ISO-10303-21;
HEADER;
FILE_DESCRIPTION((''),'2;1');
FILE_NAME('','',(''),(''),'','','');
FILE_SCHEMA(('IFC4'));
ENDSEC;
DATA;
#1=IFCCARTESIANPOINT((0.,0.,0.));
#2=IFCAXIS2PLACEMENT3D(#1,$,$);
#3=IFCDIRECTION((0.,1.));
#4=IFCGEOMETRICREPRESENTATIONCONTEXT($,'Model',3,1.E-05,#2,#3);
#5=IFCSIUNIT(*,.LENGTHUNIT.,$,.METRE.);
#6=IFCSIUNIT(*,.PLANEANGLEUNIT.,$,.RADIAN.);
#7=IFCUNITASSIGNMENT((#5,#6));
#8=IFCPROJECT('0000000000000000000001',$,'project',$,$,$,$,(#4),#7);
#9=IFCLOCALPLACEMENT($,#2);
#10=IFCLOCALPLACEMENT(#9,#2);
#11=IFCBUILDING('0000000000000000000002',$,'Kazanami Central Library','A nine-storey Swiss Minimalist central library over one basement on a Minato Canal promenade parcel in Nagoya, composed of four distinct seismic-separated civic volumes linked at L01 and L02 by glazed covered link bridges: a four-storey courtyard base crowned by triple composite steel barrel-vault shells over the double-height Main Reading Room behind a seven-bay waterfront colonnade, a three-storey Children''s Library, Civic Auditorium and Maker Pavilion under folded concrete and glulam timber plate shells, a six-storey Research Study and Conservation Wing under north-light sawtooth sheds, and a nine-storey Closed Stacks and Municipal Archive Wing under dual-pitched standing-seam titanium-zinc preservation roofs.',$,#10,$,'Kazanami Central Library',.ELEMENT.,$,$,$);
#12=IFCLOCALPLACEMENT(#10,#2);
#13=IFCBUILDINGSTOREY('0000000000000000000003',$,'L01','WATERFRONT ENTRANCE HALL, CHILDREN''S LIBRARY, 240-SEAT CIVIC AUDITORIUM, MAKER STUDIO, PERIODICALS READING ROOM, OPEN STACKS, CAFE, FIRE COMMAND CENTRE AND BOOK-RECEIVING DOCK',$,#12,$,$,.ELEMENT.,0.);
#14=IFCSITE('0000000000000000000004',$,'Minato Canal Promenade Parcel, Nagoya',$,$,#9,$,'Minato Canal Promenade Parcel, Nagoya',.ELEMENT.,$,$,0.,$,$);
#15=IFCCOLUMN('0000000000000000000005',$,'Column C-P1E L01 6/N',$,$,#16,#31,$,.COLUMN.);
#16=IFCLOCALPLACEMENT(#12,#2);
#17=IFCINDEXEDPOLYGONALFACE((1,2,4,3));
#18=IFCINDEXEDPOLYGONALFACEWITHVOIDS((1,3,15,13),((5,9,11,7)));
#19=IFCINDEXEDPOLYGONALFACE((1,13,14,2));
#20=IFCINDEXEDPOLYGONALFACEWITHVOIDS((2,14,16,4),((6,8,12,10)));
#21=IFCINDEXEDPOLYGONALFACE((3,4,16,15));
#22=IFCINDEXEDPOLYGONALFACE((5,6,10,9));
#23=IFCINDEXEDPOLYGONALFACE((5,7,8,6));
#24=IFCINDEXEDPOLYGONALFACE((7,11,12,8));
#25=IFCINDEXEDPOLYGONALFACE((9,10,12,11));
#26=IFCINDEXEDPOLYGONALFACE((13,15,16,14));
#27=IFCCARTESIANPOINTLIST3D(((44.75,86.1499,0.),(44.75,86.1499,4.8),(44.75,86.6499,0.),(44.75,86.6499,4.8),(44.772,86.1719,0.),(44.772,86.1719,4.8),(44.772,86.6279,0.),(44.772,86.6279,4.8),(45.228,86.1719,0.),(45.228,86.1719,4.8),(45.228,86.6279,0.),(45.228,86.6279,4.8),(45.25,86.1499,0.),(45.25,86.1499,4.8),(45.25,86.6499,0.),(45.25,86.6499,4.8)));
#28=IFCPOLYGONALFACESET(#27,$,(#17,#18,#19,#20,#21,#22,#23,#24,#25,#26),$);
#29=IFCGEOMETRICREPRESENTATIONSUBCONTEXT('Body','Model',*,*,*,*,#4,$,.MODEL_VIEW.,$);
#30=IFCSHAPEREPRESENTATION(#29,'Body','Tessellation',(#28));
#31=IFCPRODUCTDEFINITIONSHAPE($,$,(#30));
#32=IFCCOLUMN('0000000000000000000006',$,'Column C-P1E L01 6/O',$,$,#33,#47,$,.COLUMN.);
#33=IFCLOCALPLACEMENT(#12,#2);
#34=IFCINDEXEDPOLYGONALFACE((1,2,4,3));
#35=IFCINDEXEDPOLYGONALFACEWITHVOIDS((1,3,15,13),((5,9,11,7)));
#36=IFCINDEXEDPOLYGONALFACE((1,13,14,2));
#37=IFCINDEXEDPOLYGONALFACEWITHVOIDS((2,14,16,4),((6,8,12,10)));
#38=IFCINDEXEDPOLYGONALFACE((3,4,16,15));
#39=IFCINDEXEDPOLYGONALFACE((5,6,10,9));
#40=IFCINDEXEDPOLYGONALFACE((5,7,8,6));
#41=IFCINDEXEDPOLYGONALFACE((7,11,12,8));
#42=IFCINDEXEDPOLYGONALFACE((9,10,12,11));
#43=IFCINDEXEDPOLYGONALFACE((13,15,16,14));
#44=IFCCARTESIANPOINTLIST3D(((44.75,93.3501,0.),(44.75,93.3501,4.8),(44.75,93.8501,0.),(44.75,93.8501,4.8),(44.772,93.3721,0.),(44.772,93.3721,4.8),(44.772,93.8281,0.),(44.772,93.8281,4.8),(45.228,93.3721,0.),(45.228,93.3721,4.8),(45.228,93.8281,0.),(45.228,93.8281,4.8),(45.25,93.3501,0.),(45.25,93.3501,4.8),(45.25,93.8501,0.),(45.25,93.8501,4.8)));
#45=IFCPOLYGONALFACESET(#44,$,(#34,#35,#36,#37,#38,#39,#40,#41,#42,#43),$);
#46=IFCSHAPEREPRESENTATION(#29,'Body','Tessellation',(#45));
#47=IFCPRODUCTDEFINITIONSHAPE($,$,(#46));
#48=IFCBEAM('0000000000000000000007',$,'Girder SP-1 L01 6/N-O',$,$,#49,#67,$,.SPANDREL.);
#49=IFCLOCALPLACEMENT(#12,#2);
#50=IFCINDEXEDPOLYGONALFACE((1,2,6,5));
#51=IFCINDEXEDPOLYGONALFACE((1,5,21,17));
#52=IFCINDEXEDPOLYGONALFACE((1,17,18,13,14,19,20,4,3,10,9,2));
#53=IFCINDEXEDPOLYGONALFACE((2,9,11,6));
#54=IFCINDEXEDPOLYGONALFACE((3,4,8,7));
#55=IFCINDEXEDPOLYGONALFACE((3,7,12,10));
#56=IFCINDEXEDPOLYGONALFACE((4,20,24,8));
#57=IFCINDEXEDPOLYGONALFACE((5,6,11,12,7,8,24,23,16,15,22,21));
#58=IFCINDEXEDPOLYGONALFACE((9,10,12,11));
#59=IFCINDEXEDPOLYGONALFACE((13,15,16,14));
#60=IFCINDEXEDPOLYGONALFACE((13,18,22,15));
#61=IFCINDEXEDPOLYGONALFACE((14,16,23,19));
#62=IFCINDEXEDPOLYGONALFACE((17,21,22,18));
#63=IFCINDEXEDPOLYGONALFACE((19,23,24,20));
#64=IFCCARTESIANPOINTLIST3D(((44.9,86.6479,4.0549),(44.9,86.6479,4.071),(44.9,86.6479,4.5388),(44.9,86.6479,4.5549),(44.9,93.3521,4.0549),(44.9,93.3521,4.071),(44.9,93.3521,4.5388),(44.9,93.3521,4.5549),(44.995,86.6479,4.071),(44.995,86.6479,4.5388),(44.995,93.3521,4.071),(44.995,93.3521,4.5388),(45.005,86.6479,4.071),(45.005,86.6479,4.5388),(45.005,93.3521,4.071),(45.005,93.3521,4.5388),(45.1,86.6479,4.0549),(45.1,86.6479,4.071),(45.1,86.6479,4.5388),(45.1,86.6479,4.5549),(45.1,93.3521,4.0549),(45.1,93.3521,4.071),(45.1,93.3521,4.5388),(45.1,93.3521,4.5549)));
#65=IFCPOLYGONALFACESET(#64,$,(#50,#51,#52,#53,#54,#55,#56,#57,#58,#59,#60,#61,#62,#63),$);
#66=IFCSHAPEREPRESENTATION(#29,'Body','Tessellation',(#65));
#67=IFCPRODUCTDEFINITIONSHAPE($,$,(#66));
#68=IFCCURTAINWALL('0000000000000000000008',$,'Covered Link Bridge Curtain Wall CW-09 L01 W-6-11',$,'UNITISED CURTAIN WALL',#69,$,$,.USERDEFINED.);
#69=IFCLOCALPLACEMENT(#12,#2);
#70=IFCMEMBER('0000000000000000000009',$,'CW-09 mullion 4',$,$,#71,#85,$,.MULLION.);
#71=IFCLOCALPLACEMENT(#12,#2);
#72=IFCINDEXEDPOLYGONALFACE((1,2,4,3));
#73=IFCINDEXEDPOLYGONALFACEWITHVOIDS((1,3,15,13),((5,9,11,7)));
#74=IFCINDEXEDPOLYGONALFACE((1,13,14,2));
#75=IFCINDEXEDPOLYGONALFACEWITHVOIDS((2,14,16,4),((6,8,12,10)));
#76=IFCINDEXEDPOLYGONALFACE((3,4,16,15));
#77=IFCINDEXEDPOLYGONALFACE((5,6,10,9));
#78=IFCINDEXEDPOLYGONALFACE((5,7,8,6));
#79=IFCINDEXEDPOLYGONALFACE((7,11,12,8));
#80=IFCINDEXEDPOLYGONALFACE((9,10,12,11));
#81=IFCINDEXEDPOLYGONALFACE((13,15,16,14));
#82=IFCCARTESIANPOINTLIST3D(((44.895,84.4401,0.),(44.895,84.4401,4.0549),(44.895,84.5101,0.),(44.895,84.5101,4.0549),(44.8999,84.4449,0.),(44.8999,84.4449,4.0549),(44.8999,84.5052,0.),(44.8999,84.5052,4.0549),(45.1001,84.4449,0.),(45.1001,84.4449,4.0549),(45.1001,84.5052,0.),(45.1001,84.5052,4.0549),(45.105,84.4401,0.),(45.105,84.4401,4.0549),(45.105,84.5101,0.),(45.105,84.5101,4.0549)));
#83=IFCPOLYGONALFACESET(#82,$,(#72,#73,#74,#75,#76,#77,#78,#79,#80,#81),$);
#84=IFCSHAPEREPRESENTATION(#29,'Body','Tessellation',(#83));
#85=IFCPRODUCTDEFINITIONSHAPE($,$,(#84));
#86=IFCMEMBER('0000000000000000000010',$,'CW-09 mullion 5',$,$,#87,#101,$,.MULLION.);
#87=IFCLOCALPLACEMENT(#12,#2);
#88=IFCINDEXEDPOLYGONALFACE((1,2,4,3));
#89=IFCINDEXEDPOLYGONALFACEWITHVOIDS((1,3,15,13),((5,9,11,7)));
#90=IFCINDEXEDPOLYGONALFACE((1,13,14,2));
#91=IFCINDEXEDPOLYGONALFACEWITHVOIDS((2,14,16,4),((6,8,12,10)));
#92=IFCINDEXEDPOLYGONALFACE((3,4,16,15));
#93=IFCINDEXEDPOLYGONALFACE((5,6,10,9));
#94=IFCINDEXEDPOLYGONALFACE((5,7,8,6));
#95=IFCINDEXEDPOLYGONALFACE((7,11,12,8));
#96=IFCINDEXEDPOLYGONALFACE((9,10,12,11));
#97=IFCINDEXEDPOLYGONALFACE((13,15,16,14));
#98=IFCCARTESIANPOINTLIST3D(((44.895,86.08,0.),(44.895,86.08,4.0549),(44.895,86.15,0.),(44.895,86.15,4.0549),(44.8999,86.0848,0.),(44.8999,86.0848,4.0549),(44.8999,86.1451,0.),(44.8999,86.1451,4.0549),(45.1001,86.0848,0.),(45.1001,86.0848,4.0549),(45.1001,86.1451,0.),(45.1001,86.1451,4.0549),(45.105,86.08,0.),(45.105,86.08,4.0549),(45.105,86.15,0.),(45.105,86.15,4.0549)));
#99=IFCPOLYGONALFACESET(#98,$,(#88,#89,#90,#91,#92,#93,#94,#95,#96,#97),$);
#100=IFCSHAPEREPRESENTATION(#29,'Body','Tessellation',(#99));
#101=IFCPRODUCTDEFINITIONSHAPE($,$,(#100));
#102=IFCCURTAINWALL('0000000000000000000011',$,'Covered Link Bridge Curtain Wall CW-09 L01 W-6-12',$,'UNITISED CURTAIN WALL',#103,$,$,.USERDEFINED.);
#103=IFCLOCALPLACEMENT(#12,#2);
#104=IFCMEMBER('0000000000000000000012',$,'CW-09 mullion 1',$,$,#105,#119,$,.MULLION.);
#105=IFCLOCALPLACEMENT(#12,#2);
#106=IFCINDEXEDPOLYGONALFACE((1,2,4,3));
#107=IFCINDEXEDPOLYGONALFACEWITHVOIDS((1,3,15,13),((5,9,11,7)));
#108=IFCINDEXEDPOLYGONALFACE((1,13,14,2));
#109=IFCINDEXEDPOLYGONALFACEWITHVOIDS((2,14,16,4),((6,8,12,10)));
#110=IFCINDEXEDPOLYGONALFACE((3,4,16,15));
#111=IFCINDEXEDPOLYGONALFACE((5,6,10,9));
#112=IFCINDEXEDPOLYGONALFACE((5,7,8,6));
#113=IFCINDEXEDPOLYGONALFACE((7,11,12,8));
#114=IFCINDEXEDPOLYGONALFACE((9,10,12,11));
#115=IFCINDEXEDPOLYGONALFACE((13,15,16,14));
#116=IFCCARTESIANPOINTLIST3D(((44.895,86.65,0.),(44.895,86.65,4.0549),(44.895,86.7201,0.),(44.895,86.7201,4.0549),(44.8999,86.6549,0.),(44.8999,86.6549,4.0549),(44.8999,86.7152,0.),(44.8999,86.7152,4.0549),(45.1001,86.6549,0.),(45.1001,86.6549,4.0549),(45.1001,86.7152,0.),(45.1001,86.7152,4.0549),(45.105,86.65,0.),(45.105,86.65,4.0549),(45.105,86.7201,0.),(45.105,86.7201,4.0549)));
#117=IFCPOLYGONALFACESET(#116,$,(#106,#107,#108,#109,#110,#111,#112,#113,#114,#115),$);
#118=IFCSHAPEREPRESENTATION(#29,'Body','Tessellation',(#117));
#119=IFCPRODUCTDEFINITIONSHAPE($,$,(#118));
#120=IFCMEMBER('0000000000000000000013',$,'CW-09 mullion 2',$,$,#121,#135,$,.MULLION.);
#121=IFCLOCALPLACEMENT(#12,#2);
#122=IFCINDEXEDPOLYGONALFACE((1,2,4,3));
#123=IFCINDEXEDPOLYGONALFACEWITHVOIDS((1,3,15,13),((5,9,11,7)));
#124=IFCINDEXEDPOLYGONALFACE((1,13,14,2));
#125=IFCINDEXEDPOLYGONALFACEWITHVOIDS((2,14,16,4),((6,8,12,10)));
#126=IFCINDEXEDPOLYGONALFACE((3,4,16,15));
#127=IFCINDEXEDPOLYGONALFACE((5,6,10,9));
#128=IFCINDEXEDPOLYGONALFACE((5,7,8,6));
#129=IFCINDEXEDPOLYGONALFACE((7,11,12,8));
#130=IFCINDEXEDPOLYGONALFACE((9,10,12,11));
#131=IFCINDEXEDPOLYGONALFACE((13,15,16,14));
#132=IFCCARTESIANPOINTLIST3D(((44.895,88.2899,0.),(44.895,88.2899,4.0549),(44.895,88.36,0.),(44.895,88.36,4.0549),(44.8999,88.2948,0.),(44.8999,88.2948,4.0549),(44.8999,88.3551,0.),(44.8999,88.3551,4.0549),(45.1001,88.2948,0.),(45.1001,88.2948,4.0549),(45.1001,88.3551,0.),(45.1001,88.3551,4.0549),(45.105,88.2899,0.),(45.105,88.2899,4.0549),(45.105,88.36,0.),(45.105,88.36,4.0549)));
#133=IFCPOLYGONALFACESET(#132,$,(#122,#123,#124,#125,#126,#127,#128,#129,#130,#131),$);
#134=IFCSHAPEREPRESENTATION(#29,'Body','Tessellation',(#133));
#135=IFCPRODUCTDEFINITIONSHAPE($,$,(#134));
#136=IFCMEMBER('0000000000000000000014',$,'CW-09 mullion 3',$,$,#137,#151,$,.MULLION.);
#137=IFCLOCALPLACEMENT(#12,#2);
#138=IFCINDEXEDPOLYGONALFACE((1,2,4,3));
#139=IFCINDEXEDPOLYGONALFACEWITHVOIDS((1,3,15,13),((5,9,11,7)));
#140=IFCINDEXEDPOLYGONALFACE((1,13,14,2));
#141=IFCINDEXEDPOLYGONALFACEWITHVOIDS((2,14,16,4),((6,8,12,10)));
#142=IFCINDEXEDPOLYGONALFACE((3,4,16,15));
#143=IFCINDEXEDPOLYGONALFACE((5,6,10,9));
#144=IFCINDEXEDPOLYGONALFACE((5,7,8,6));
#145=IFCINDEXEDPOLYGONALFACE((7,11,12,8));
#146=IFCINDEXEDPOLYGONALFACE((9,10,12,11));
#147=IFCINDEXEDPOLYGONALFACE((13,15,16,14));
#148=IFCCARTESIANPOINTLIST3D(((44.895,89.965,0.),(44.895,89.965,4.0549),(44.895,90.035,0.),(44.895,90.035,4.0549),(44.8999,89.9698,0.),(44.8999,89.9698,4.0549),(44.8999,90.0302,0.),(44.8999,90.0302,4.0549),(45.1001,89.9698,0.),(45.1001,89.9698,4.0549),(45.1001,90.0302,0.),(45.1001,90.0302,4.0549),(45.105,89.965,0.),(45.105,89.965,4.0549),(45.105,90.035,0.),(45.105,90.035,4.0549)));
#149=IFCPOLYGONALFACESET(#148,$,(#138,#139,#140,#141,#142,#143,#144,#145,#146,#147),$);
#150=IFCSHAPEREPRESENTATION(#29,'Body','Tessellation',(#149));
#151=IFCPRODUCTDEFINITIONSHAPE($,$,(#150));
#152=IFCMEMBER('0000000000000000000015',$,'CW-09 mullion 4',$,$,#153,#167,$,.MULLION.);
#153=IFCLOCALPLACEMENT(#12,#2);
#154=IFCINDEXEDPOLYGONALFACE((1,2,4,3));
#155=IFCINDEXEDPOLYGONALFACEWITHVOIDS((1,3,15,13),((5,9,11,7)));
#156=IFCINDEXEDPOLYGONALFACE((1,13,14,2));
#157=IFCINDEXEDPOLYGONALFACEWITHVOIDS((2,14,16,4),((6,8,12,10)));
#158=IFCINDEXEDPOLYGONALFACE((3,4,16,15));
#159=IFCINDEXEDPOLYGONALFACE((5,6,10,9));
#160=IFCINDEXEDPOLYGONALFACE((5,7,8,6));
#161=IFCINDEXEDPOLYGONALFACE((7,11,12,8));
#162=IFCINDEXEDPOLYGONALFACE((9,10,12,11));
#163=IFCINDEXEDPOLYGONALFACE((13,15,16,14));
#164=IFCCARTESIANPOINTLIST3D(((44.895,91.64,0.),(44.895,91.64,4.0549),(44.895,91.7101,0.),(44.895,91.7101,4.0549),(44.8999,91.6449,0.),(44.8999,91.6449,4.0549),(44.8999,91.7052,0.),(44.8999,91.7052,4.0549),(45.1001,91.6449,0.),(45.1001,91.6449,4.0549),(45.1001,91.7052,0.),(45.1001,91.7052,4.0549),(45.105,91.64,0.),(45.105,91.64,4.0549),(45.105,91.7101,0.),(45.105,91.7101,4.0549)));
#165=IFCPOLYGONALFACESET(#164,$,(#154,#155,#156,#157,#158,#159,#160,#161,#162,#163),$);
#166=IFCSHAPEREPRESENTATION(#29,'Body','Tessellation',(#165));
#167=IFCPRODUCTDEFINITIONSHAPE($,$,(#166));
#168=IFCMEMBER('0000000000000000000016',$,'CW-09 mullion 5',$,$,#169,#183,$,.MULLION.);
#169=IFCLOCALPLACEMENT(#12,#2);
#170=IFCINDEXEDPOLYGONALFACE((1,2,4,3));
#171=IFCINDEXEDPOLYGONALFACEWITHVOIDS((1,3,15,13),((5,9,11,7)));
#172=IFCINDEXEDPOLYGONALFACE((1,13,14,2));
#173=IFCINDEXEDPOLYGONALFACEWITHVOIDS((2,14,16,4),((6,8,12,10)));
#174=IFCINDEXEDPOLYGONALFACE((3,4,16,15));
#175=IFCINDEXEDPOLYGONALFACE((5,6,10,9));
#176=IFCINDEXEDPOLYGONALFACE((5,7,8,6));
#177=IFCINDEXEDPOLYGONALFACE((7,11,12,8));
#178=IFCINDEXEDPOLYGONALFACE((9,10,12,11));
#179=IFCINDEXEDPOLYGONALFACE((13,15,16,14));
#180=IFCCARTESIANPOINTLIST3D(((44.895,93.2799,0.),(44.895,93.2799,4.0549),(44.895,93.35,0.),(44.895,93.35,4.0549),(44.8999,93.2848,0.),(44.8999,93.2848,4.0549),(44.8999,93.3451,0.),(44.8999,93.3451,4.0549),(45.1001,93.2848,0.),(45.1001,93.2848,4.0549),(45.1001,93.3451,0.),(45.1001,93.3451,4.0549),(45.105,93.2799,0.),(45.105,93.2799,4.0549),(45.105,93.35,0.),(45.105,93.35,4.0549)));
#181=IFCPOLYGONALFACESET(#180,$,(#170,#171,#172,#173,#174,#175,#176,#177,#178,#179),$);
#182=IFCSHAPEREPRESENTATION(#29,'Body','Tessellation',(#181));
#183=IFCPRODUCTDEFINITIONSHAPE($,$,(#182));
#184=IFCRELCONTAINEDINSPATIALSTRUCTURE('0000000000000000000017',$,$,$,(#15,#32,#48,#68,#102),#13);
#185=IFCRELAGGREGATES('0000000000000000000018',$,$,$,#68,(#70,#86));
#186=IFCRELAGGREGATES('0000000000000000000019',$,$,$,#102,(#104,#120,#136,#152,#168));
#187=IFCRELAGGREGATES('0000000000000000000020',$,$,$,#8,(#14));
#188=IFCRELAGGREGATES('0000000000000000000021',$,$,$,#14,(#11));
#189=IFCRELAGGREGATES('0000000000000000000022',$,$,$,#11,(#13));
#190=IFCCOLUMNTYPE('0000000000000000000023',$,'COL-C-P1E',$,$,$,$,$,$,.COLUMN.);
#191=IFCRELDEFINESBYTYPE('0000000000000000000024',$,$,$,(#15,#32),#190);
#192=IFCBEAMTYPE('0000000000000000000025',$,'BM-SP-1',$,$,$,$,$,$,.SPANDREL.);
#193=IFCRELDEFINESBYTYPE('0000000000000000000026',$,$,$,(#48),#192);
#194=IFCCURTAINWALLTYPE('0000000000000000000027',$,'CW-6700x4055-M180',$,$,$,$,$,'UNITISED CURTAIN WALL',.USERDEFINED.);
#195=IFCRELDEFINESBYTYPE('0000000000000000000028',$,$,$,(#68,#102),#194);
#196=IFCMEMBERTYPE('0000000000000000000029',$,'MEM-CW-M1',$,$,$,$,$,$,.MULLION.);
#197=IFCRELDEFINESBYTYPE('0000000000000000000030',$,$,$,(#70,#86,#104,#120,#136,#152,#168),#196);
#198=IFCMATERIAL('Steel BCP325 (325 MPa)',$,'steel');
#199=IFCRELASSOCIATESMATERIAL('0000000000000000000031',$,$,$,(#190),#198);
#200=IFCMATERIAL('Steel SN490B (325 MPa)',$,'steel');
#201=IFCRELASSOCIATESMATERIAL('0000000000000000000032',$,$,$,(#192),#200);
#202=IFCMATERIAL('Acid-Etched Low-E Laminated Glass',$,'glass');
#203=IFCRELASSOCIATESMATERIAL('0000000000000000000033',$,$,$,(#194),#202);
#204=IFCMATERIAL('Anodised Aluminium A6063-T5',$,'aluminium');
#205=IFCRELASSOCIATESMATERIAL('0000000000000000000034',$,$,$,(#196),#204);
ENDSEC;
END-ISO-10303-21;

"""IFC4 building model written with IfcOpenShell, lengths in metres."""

from ifc_helpers import new_model, si_unit, direction, frame, origin, origin_2d, place, context, subcontext, project, spatial, hollow_rectangle, i_section, extrude, material, material_profile, profile_set, type_object, element, aggregate, save


model = new_model("IFC4")

# Units and contexts
model_context = context("Model", 3, precision=1e-05, world=origin(), true_north=direction((0.0, 1.0)))
body_context = subcontext(model_context, "Body", "Model", "MODEL_VIEW")
ifc_project = project(units=[si_unit("LENGTHUNIT", "METRE"), si_unit("PLANEANGLEUNIT", "RADIAN")], contexts=[model_context])

# Site, building, storey
site_placement = place(None, origin())
site = spatial("IfcSite", under=ifc_project, at=site_placement, Name="Minato Canal Promenade Parcel, Nagoya", LongName="Minato Canal Promenade Parcel, Nagoya", CompositionType="ELEMENT", RefElevation=0.0)
building_placement = place(site_placement, origin())
building = spatial("IfcBuilding", under=site, at=building_placement, Name="Kazanami Central Library", Description="A nine-storey Swiss Minimalist central library over one basement on a Minato Canal promenade parcel in Nagoya, composed of four distinct seismic-separated civic volumes linked at L01 and L02 by glazed covered link bridges: a four-storey courtyard base crowned by triple composite steel barrel-vault shells over the double-height Main Reading Room behind a seven-bay waterfront colonnade, a three-storey Children's Library, Civic Auditorium and Maker Pavilion under folded concrete and glulam timber plate shells, a six-storey Research Study and Conservation Wing under north-light sawtooth sheds, and a nine-storey Closed Stacks and Municipal Archive Wing under dual-pitched standing-seam titanium-zinc preservation roofs.", LongName="Kazanami Central Library", CompositionType="ELEMENT")
storey_placement = place(building_placement, origin())
storey = spatial("IfcBuildingStorey", under=building, at=storey_placement, Name="L01", Description="WATERFRONT ENTRANCE HALL, CHILDREN'S LIBRARY, 240-SEAT CIVIC AUDITORIUM, MAKER STUDIO, PERIODICALS READING ROOM, OPEN STACKS, CAFE, FIRE COMMAND CENTRE AND BOOK-RECEIVING DOCK", CompositionType="ELEMENT", Elevation=0.0)

# Columns
ifc_material_1 = material(Name="Steel BCP325 (325 MPa)", Category="steel")
ifc_material_profile_1 = material_profile(ifc_material_1, hollow_rectangle(XDim=0.5, YDim=0.5, WallThickness=0.022, at=origin_2d()), Name="BCP-500x500x22")
ifc_profile_set_1 = profile_set([ifc_material_profile_1], Name="Steel BCP325 (325 MPa)")
column_type = type_object("IfcColumnType", Name="COL-C-P1E", PredefinedType="COLUMN", material=ifc_profile_set_1)
for number, where, z_axis, x_axis, name in (
    (1, (45.0, 86.3999, 0.0), (0.0, 0.0, 1.0), (1.0, 0.0, 0.0), "Column C-P1E L01 6/N"),
    (2, (45.0, 93.6001, 0.0), (0.0, 0.0, 1.0), (1.0, 0.0, 0.0), "Column C-P1E L01 6/O"),
):
    element("IfcColumn", number, at=place(storey_placement, frame(where, z_axis=z_axis, x_axis=x_axis)), inside=storey, type_object=column_type, Name=name, PredefinedType="COLUMN", context=body_context, shape_type="SweptSolid", body=[
        extrude(hollow_rectangle(XDim=0.5, YDim=0.5, WallThickness=0.022, at=origin_2d()), origin(), (0.0, 0.0, 1.0), 4.8),
    ])

# Beam
ifc_material_2 = material(Name="Steel SN490B (325 MPa)", Category="steel")
ifc_material_profile_2 = material_profile(ifc_material_2, i_section(OverallWidth=0.2, OverallDepth=0.5, WebThickness=0.01, FlangeThickness=0.0161, at=origin_2d()), Name="H-500x200x10x16")
ifc_profile_set_2 = profile_set([ifc_material_profile_2], Name="Steel SN490B (325 MPa)")
beam_type = type_object("IfcBeamType", Name="BM-SP-1", PredefinedType="SPANDREL", material=ifc_profile_set_2)
beam_placement = place(storey_placement, frame((45.0, 86.6479, 4.3049), z_axis=(0.0, 1.0, 0.0), x_axis=(-1.0, 0.0, 0.0)))
element("IfcBeam", 3, at=beam_placement, inside=storey, type_object=beam_type, Name="Girder SP-1 L01 6/N-O", PredefinedType="SPANDREL", context=body_context, shape_type="SweptSolid", body=[
    extrude(i_section(OverallWidth=0.2, OverallDepth=0.5, WebThickness=0.01, FlangeThickness=0.0161, at=origin_2d()), origin(), (0.0, 0.0, 1.0), 6.7041),
])

# Curtain walls, members
ifc_material_3 = material(Name="Acid-Etched Low-E Laminated Glass", Category="glass")
curtain_wall_type = type_object("IfcCurtainWallType", Name="CW-6700x4055-M180", ElementType="UNITISED CURTAIN WALL", PredefinedType="USERDEFINED", material=ifc_material_3)
curtain_wall_1_placement = place(storey_placement, origin())
curtain_wall_1 = element("IfcCurtainWall", 4, at=curtain_wall_1_placement, inside=storey, type_object=curtain_wall_type, Name="Covered Link Bridge Curtain Wall CW-09 L01 W-6-11", ObjectType="UNITISED CURTAIN WALL", PredefinedType="USERDEFINED")
ifc_material_4 = material(Name="Anodised Aluminium A6063-T5", Category="aluminium")
ifc_material_profile_3 = material_profile(ifc_material_4, hollow_rectangle(XDim=0.0701, YDim=0.21, WallThickness=0.0049, at=origin_2d()), Name="ALU-MULL-70x210x5")
ifc_profile_set_3 = profile_set([ifc_material_profile_3], Name="Anodised Aluminium A6063-T5")
member_type_1 = type_object("IfcMemberType", Name="MEM-CW-M1", PredefinedType="MULLION", material=ifc_profile_set_3)
member_1_placement = place(storey_placement, frame((45.0, 84.4751, 0.0), z_axis=(0.0, 0.0, 1.0), x_axis=(0.0, 1.0, 0.0)))
member_1 = element("IfcMember", 5, at=member_1_placement, type_object=member_type_1, Name="CW-09 mullion 4", PredefinedType="MULLION", context=body_context, shape_type="SweptSolid", body=[
    extrude(hollow_rectangle(XDim=0.0701, YDim=0.21, WallThickness=0.0049, at=origin_2d()), origin(), (0.0, 0.0, 1.0), 4.0549),
])
member_2_placement = place(storey_placement, frame((45.0, 86.115, 0.0), z_axis=(0.0, 0.0, 1.0), x_axis=(0.0, 1.0, 0.0)))
member_2 = element("IfcMember", 6, at=member_2_placement, type_object=member_type_1, Name="CW-09 mullion 5", PredefinedType="MULLION", context=body_context, shape_type="SweptSolid", body=[
    extrude(hollow_rectangle(XDim=0.0701, YDim=0.21, WallThickness=0.0049, at=origin_2d()), origin(), (0.0, 0.0, 1.0), 4.0549),
])
curtain_wall_2_placement = place(storey_placement, origin())
curtain_wall_2 = element("IfcCurtainWall", 7, at=curtain_wall_2_placement, inside=storey, type_object=curtain_wall_type, Name="Covered Link Bridge Curtain Wall CW-09 L01 W-6-12", ObjectType="UNITISED CURTAIN WALL", PredefinedType="USERDEFINED")
member_3_placement = place(storey_placement, frame((45.0, 86.6851, 0.0), z_axis=(0.0, 0.0, 1.0), x_axis=(0.0, 1.0, 0.0)))
member_3 = element("IfcMember", 8, at=member_3_placement, type_object=member_type_1, Name="CW-09 mullion 1", PredefinedType="MULLION", context=body_context, shape_type="SweptSolid", body=[
    extrude(hollow_rectangle(XDim=0.0701, YDim=0.21, WallThickness=0.0049, at=origin_2d()), origin(), (0.0, 0.0, 1.0), 4.0549),
])
member_4_placement = place(storey_placement, frame((45.0, 88.325, 0.0), z_axis=(0.0, 0.0, 1.0), x_axis=(0.0, 1.0, 0.0)))
member_4 = element("IfcMember", 9, at=member_4_placement, type_object=member_type_1, Name="CW-09 mullion 2", PredefinedType="MULLION", context=body_context, shape_type="SweptSolid", body=[
    extrude(hollow_rectangle(XDim=0.0701, YDim=0.21, WallThickness=0.0049, at=origin_2d()), origin(), (0.0, 0.0, 1.0), 4.0549),
])
member_5_placement = place(storey_placement, frame((45.0, 90.0, 0.0), z_axis=(0.0, 0.0, 1.0), x_axis=(0.0, 1.0, 0.0)))
member_5 = element("IfcMember", 10, at=member_5_placement, type_object=member_type_1, Name="CW-09 mullion 3", PredefinedType="MULLION", context=body_context, shape_type="SweptSolid", body=[
    extrude(hollow_rectangle(XDim=0.0701, YDim=0.21, WallThickness=0.0049, at=origin_2d()), origin(), (0.0, 0.0, 1.0), 4.0549),
])
member_6_placement = place(storey_placement, frame((45.0, 91.675, 0.0), z_axis=(0.0, 0.0, 1.0), x_axis=(0.0, 1.0, 0.0)))
member_6 = element("IfcMember", 11, at=member_6_placement, type_object=member_type_1, Name="CW-09 mullion 4", PredefinedType="MULLION", context=body_context, shape_type="SweptSolid", body=[
    extrude(hollow_rectangle(XDim=0.0701, YDim=0.21, WallThickness=0.0049, at=origin_2d()), origin(), (0.0, 0.0, 1.0), 4.0549),
])
member_7_placement = place(storey_placement, frame((45.0, 93.3149, 0.0), z_axis=(0.0, 0.0, 1.0), x_axis=(0.0, 1.0, 0.0)))
member_7 = element("IfcMember", 12, at=member_7_placement, type_object=member_type_1, Name="CW-09 mullion 5", PredefinedType="MULLION", context=body_context, shape_type="SweptSolid", body=[
    extrude(hollow_rectangle(XDim=0.0701, YDim=0.21, WallThickness=0.0049, at=origin_2d()), origin(), (0.0, 0.0, 1.0), 4.0549),
])

aggregate(curtain_wall_1, [member_1, member_2])
aggregate(curtain_wall_2, [member_3, member_4, member_5, member_6, member_7])

save(model, "model.ifc")
